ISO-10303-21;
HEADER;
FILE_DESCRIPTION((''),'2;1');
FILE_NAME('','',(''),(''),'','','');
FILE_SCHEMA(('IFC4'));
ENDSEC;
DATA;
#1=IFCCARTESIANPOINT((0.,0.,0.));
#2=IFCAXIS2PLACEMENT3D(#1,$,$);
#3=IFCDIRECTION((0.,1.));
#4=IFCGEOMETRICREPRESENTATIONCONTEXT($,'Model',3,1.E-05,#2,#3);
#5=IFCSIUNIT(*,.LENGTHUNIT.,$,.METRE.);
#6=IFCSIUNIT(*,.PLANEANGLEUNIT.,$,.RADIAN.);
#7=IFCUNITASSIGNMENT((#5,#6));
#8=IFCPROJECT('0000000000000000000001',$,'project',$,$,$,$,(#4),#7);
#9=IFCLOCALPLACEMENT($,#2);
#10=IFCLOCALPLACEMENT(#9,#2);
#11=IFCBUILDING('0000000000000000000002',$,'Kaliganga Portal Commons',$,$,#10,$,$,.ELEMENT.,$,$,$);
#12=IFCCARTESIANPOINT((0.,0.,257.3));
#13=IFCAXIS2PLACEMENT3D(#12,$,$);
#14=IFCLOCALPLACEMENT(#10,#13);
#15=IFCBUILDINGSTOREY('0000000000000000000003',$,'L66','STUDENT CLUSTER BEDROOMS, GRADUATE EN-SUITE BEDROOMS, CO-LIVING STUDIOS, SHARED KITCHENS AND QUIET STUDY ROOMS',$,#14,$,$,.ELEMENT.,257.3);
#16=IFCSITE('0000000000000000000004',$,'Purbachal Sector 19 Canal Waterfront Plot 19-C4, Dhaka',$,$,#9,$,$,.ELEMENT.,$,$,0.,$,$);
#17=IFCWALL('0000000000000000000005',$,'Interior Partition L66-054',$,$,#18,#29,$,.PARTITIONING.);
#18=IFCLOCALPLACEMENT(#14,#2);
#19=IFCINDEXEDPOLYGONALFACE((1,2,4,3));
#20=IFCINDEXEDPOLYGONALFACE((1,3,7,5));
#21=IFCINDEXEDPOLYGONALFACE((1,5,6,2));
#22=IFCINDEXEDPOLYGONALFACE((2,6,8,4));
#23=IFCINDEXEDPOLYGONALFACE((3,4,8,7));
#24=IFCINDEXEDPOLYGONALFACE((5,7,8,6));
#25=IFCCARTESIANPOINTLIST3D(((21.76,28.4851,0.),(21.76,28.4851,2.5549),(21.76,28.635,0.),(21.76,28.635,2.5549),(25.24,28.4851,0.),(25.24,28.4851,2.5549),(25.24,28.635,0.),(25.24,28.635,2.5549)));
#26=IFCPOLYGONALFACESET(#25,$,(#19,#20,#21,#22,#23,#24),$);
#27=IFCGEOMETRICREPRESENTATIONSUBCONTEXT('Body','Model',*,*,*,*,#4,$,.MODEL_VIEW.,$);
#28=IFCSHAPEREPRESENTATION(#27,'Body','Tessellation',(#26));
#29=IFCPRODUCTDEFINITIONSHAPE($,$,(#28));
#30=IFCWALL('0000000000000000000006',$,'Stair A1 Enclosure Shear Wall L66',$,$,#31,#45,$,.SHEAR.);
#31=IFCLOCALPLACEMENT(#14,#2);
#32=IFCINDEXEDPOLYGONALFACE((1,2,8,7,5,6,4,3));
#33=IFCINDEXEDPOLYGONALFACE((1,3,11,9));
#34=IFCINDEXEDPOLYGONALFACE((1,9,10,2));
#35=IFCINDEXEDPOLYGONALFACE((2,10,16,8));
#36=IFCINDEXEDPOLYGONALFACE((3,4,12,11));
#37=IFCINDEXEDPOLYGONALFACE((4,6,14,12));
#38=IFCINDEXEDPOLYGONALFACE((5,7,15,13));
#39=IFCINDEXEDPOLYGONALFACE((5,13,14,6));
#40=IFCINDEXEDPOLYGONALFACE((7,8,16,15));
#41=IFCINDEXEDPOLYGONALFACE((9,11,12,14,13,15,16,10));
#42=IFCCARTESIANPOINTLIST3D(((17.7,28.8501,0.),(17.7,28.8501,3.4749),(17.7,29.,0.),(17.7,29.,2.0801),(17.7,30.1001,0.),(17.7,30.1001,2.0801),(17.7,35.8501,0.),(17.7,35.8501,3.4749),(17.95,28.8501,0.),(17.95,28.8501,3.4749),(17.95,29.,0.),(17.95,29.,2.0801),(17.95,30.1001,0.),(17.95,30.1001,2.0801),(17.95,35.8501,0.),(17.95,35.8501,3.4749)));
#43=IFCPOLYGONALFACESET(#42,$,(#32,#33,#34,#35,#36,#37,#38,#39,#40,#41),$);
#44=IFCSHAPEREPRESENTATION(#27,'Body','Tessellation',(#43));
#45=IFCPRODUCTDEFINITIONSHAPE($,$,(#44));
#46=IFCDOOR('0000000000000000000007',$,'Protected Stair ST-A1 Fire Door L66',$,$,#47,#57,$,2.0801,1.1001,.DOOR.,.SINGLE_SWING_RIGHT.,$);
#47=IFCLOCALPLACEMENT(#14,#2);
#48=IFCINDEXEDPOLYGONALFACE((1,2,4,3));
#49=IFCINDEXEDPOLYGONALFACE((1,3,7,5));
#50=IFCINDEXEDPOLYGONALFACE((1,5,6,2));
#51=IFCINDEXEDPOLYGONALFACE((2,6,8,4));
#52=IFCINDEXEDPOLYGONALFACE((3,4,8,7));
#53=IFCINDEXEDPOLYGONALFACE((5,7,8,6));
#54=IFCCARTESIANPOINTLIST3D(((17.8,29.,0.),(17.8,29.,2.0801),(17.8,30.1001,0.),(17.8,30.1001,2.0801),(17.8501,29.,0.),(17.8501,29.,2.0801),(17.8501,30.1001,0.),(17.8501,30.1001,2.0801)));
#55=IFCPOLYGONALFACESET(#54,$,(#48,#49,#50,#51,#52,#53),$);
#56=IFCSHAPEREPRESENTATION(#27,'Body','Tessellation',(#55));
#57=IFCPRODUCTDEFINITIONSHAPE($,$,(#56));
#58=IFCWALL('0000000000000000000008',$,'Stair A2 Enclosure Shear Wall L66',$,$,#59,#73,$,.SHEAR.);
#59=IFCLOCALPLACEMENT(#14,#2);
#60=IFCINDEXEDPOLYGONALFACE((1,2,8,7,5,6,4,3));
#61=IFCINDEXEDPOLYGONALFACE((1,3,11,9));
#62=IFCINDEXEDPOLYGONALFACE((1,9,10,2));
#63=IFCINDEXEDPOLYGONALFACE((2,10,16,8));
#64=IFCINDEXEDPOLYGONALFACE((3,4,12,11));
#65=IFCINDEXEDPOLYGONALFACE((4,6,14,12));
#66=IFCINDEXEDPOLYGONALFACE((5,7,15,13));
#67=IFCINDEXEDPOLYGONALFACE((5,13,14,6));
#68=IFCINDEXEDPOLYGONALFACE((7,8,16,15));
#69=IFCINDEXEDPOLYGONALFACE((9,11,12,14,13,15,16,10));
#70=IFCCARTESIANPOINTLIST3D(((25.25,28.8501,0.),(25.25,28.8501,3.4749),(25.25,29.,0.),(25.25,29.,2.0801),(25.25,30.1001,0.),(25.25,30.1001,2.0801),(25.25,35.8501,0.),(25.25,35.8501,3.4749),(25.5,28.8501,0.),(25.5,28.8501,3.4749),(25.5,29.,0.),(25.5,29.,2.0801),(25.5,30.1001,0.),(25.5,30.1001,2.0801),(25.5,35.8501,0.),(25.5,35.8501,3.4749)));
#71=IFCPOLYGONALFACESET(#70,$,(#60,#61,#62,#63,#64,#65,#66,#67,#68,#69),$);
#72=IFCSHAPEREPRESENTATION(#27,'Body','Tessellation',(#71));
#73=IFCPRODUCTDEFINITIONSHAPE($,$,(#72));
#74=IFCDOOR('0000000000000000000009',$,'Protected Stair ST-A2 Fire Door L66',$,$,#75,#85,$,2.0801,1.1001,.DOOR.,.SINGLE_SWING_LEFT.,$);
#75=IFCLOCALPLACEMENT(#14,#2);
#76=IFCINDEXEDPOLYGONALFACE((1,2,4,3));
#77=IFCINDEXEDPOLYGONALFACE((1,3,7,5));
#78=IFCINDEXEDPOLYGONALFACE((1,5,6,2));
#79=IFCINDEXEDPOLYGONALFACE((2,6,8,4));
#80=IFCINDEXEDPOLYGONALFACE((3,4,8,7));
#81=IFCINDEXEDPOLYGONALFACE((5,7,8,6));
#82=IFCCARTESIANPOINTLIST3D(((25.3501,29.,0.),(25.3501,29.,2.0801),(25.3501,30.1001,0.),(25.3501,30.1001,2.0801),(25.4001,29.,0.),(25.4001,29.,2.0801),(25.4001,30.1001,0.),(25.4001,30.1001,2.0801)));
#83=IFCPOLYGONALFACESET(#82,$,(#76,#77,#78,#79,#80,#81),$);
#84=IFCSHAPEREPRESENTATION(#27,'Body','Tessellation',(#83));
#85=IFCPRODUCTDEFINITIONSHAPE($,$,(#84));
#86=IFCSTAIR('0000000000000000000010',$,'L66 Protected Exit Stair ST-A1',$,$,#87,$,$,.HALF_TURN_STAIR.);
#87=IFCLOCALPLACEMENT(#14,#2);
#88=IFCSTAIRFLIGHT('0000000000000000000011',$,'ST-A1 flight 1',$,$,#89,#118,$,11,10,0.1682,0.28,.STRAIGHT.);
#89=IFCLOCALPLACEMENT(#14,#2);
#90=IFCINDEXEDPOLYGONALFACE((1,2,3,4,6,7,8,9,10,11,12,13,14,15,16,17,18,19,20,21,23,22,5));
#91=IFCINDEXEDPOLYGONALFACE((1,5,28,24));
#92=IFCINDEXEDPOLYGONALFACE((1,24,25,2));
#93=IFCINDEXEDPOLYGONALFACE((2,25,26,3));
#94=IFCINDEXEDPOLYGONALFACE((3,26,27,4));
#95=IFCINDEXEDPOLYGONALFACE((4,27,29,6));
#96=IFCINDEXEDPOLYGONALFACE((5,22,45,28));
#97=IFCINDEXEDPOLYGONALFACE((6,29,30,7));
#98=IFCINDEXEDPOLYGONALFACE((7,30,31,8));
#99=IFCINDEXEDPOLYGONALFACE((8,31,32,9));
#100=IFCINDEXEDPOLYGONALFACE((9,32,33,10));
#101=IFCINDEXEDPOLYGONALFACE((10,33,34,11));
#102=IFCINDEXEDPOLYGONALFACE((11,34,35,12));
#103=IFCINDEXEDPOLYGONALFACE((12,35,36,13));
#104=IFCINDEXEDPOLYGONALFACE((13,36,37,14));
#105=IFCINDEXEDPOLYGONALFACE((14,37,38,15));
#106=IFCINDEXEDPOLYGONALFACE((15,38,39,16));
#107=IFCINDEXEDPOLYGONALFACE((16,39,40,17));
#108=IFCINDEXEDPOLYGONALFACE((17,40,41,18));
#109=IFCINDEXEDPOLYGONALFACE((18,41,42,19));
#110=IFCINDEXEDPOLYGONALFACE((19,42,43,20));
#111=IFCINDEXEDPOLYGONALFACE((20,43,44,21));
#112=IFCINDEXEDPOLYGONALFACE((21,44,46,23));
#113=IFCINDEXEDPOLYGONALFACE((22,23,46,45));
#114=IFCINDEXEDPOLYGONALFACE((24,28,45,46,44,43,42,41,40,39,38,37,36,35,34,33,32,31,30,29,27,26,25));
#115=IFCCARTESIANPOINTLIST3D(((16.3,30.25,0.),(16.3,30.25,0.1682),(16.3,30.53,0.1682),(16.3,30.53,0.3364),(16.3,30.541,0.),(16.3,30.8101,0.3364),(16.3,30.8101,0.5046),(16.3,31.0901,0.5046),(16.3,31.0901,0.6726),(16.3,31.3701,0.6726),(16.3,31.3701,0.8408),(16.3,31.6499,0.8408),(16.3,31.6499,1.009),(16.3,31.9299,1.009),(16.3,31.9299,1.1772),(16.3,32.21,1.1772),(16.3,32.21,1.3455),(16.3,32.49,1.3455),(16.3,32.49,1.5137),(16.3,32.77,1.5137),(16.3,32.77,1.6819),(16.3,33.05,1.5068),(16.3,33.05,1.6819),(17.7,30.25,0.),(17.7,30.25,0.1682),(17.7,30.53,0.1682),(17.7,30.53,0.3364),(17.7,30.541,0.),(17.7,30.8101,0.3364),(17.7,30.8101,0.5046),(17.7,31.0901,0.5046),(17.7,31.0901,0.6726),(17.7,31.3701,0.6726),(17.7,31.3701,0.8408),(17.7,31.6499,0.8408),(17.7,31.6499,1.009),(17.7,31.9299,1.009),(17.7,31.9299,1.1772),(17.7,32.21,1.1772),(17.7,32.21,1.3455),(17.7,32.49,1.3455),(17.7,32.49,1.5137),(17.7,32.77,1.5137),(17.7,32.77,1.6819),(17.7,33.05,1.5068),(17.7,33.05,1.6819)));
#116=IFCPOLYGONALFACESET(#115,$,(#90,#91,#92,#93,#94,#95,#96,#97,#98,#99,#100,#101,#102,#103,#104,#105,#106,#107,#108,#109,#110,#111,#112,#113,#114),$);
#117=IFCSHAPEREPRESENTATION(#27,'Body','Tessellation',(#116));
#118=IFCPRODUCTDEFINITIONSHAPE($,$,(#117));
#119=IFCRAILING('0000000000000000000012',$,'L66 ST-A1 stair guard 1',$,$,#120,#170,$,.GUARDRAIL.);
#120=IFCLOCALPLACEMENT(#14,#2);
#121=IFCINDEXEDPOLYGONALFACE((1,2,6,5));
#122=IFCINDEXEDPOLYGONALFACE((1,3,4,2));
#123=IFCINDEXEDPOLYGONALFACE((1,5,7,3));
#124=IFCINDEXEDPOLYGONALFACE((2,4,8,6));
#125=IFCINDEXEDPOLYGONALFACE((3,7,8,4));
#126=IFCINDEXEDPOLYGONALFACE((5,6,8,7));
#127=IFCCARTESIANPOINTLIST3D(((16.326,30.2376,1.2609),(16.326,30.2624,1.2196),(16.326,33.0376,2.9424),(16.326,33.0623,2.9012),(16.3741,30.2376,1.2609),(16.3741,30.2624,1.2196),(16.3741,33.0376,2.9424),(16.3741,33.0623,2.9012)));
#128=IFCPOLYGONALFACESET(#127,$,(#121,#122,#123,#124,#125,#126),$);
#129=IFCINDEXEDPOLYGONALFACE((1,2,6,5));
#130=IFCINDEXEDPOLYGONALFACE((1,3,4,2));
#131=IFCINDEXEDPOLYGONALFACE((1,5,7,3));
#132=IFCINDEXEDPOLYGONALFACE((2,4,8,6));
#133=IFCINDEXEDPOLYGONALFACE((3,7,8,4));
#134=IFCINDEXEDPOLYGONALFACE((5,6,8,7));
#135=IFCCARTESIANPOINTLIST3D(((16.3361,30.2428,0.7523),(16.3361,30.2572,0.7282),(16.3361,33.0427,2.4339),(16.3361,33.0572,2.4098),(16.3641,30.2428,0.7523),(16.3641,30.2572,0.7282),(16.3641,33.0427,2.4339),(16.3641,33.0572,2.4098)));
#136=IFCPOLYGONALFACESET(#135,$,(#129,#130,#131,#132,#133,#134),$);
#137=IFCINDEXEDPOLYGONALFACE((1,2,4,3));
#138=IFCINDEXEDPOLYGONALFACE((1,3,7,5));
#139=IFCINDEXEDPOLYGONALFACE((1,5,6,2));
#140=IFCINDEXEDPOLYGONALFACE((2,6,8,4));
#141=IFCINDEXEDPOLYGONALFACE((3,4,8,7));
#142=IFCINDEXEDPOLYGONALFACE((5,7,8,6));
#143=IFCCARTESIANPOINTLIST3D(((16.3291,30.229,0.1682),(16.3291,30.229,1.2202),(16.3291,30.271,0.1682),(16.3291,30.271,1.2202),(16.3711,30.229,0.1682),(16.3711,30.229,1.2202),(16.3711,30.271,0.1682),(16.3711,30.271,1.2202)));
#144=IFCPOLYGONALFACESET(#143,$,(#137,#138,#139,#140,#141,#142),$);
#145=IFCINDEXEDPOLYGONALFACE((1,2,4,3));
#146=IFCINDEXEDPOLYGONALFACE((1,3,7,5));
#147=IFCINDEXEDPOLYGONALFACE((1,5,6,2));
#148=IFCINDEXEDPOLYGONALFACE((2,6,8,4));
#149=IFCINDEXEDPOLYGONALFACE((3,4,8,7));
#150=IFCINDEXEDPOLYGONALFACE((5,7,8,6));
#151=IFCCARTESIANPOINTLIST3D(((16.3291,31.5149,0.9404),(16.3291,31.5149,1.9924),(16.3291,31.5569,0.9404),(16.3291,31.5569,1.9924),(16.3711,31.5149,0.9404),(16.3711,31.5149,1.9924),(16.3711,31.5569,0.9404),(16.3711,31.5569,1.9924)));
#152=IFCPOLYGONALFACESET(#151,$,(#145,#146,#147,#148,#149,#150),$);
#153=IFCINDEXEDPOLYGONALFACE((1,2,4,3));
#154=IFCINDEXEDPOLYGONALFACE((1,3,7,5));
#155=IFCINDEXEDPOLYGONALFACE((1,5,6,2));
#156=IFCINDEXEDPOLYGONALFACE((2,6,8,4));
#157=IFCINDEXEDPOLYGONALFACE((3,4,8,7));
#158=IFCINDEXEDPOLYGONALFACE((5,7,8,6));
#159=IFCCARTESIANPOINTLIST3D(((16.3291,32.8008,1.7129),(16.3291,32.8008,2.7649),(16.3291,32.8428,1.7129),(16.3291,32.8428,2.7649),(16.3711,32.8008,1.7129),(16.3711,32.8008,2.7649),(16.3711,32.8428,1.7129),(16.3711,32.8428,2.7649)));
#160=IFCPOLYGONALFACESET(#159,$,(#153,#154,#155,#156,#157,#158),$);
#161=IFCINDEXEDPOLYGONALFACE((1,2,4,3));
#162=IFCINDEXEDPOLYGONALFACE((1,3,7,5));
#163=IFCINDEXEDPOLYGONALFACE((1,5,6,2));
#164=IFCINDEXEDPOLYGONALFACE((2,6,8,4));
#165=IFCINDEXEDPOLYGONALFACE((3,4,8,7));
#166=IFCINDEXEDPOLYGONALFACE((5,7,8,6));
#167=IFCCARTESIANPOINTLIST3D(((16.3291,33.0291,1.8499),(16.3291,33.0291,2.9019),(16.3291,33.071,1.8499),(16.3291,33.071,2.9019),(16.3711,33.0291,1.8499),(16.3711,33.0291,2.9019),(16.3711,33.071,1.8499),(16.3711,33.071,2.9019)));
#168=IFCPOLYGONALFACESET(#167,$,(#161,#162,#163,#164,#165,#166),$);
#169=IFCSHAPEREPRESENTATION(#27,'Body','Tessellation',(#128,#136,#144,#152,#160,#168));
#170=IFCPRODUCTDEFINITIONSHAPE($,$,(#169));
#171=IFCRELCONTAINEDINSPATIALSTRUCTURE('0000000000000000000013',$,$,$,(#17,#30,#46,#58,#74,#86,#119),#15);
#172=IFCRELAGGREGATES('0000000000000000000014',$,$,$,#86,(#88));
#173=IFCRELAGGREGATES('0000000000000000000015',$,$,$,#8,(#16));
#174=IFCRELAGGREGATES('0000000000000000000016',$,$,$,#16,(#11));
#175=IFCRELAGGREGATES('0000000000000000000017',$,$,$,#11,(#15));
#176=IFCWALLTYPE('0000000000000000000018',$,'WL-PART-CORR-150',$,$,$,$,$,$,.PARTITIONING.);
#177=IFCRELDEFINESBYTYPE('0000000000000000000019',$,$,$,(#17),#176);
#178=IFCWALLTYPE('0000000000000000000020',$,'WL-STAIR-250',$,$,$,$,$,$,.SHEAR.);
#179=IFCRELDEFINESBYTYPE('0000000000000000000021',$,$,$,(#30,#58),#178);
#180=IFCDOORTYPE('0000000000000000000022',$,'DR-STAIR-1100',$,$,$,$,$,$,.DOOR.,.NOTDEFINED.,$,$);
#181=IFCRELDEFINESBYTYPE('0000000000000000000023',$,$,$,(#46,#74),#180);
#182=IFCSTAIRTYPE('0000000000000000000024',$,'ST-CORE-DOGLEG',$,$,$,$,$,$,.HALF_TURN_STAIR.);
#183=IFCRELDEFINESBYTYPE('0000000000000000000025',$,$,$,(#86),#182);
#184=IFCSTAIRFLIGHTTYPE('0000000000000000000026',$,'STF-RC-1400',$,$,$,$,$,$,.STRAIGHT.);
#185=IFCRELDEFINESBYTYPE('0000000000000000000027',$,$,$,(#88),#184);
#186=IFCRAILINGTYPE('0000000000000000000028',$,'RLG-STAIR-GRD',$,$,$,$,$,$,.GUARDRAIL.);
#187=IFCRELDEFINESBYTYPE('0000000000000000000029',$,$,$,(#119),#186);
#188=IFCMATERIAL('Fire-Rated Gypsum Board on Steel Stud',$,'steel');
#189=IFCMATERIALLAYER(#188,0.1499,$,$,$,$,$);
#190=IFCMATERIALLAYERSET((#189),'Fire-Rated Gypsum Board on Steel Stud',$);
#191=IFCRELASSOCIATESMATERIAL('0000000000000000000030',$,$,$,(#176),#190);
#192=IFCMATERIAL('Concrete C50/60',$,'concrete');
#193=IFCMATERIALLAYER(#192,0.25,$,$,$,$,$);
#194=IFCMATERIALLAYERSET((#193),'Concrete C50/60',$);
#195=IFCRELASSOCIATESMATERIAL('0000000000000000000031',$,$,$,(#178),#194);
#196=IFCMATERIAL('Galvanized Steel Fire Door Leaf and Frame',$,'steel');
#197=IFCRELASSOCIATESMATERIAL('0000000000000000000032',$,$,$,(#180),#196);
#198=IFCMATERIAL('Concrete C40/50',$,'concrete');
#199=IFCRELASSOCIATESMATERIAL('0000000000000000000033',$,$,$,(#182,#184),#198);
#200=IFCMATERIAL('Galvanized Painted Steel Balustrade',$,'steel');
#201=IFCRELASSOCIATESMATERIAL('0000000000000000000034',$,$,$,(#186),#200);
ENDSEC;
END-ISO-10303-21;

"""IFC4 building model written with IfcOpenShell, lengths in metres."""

from ifc_helpers import new_model, si_unit, direction, frame, frame_2d, origin, origin_2d, place, context, subcontext, project, spatial, polyline, rectangle, outline, extrude, material, layer, layer_set, type_object, element, fill, aggregate, save


model = new_model("IFC4")

# Units and contexts
model_context = context("Model", 3, precision=1e-05, world=origin(), true_north=direction((0.0, 1.0)))
body_context = subcontext(model_context, "Body", "Model", "MODEL_VIEW")
ifc_project = project(units=[si_unit("LENGTHUNIT", "METRE"), si_unit("PLANEANGLEUNIT", "RADIAN")], contexts=[model_context])

# Site, building, storey
site_placement = place(None, origin())
site = spatial("IfcSite", under=ifc_project, at=site_placement, Name="Purbachal Sector 19 Canal Waterfront Plot 19-C4, Dhaka", CompositionType="ELEMENT", RefElevation=0.0)
building_placement = place(site_placement, origin())
building = spatial("IfcBuilding", under=site, at=building_placement, Name="Kaliganga Portal Commons", CompositionType="ELEMENT")
storey_placement = place(building_placement, frame((0.0, 0.0, 257.3)))
storey = spatial("IfcBuildingStorey", under=building, at=storey_placement, Name="L66", Description="STUDENT CLUSTER BEDROOMS, GRADUATE EN-SUITE BEDROOMS, CO-LIVING STUDIOS, SHARED KITCHENS AND QUIET STUDY ROOMS", CompositionType="ELEMENT", Elevation=257.3)

# Shared definitions
ifc_material_1 = material(Name="Concrete C50/60", Category="concrete")

# Shared definitions
ifc_material_2 = material(Name="Fire-Rated Gypsum Board on Steel Stud", Category="steel")
ifc_layer_1 = layer(ifc_material_2, 0.1499)
ifc_layer_set_1 = layer_set([ifc_layer_1], Name="Fire-Rated Gypsum Board on Steel Stud")
wall_type_1 = type_object("IfcWallType", Name="WL-PART-CORR-150", PredefinedType="PARTITIONING", material=ifc_layer_set_1)

# Wall
wall_1_placement = place(storey_placement, frame((21.76, 28.5601, 0.0), z_axis=(0.0, 0.0, 1.0), x_axis=(1.0, 0.0, 0.0)))
element("IfcWall", 1, at=wall_1_placement, inside=storey, type_object=wall_type_1, Name="Interior Partition L66-054", PredefinedType="PARTITIONING", context=body_context, shape_type="SweptSolid", body=[
    extrude(rectangle(XDim=3.48, YDim=0.1499, at=frame_2d((1.74, 0.0))), origin(), (0.0, 0.0, 1.0), 2.5549),
])

# Walls, openings, doors
ifc_layer_2 = layer(ifc_material_1, 0.25)
ifc_layer_set_2 = layer_set([ifc_layer_2], Name="Concrete C50/60")
wall_type_2 = type_object("IfcWallType", Name="WL-STAIR-250", PredefinedType="SHEAR", material=ifc_layer_set_2)
wall_2_placement = place(storey_placement, frame((17.825, 28.8501, 0.0), z_axis=(0.0, 0.0, 1.0), x_axis=(0.0, 1.0, 0.0)))
wall_2 = element("IfcWall", 2, at=wall_2_placement, inside=storey, type_object=wall_type_2, Name="Stair A1 Enclosure Shear Wall L66", PredefinedType="SHEAR", context=body_context, shape_type="SweptSolid", body=[
    extrude(rectangle(XDim=7.0, YDim=0.25, at=frame_2d((3.5, 0.0))), origin(), (0.0, 0.0, 1.0), 3.4749),
])
opening_1_placement = place(wall_2_placement, frame((0.1499, 0.0, 0.0)))
opening_1 = element("IfcOpeningElement", 3, at=opening_1_placement, cuts=wall_2, PredefinedType="OPENING", context=body_context, shape_type="SweptSolid", body=[
    extrude(rectangle(XDim=1.1001, YDim=2.0801, at=frame_2d((0.55, 1.04))), frame((0.0, 0.135, 0.0), z_axis=(0.0, -1.0, 0.0), x_axis=(1.0, 0.0, 0.0)), (0.0, 0.0, 1.0), 0.27),
])
ifc_material_3 = material(Name="Galvanized Steel Fire Door Leaf and Frame", Category="steel")
door_type_1 = type_object("IfcDoorType", Name="DR-STAIR-1100", OperationType="NOTDEFINED", PredefinedType="DOOR", material=ifc_material_3)
door_1_placement = place(opening_1_placement, origin())
door_1 = element("IfcDoor", 4, at=door_1_placement, inside=storey, type_object=door_type_1, Name="Protected Stair ST-A1 Fire Door L66", OperationType="SINGLE_SWING_RIGHT", OverallHeight=2.0801, OverallWidth=1.1001, PredefinedType="DOOR", context=body_context, shape_type="SweptSolid", body=[
    extrude(rectangle(XDim=1.1001, YDim=2.0801, at=frame_2d((0.55, 1.04))), frame((0.0, 0.0249, 0.0), z_axis=(0.0, -1.0, 0.0), x_axis=(1.0, 0.0, 0.0)), (0.0, 0.0, 1.0), 0.05),
])
fill(opening_1, door_1)
wall_3_placement = place(storey_placement, frame((25.375, 28.8501, 0.0), z_axis=(0.0, 0.0, 1.0), x_axis=(0.0, 1.0, 0.0)))
wall_3 = element("IfcWall", 5, at=wall_3_placement, inside=storey, type_object=wall_type_2, Name="Stair A2 Enclosure Shear Wall L66", PredefinedType="SHEAR", context=body_context, shape_type="SweptSolid", body=[
    extrude(rectangle(XDim=7.0, YDim=0.25, at=frame_2d((3.5, 0.0))), origin(), (0.0, 0.0, 1.0), 3.4749),
])
opening_2_placement = place(wall_3_placement, frame((0.1499, 0.0, 0.0)))
opening_2 = element("IfcOpeningElement", 6, at=opening_2_placement, cuts=wall_3, PredefinedType="OPENING", context=body_context, shape_type="SweptSolid", body=[
    extrude(rectangle(XDim=1.1001, YDim=2.0801, at=frame_2d((0.55, 1.04))), frame((0.0, 0.135, 0.0), z_axis=(0.0, -1.0, 0.0), x_axis=(1.0, 0.0, 0.0)), (0.0, 0.0, 1.0), 0.27),
])
door_2_placement = place(opening_2_placement, origin())
door_2 = element("IfcDoor", 7, at=door_2_placement, inside=storey, type_object=door_type_1, Name="Protected Stair ST-A2 Fire Door L66", OperationType="SINGLE_SWING_LEFT", OverallHeight=2.0801, OverallWidth=1.1001, PredefinedType="DOOR", context=body_context, shape_type="SweptSolid", body=[
    extrude(rectangle(XDim=1.1001, YDim=2.0801, at=frame_2d((0.55, 1.04))), frame((0.0, 0.0249, 0.0), z_axis=(0.0, -1.0, 0.0), x_axis=(1.0, 0.0, 0.0)), (0.0, 0.0, 1.0), 0.05),
])
fill(opening_2, door_2)

# Stair, stair flight
ifc_material_4 = material(Name="Concrete C40/50", Category="concrete")
stair_type = type_object("IfcStairType", Name="ST-CORE-DOGLEG", PredefinedType="HALF_TURN_STAIR", material=ifc_material_4)
stair_placement = place(storey_placement, origin())
stair = element("IfcStair", 8, at=stair_placement, inside=storey, type_object=stair_type, Name="L66 Protected Exit Stair ST-A1", PredefinedType="HALF_TURN_STAIR")
stair_flight_type = type_object("IfcStairFlightType", Name="STF-RC-1400", PredefinedType="STRAIGHT", material=ifc_material_4)
stair_flight_placement = place(storey_placement, frame((17.0, 30.25, 0.0), z_axis=(0.0, 0.0, 1.0), x_axis=(0.0, 1.0, 0.0)))
stair_flight = element("IfcStairFlight", 9, at=stair_flight_placement, type_object=stair_flight_type, Name="ST-A1 flight 1", NumberOfRisers=11, NumberOfTreads=10, PredefinedType="STRAIGHT", RiserHeight=0.1682, TreadLength=0.28, context=body_context, shape_type="SweptSolid", body=[
    extrude(outline(polyline([(0.0, 0.0), (0.0, 0.1682), (0.28, 0.1682), (0.28, 0.3364), (0.5601, 0.3364), (0.5601, 0.5046), (0.8401, 0.5046), (0.8401, 0.6726), (1.1201, 0.6726), (1.1201, 0.8408), (1.3999, 0.8408), (1.3999, 1.009), (1.6799, 1.009), (1.6799, 1.1772), (1.96, 1.1772), (1.96, 1.3455), (2.24, 1.3455), (2.24, 1.5137), (2.52, 1.5137), (2.52, 1.6819), (2.8, 1.6819), (2.8, 1.8501), (2.8, 1.5068), (0.291, 0.0), (0.0, 0.0)])), frame((0.0, 0.7, 0.0), z_axis=(0.0, -1.0, 0.0), x_axis=(1.0, 0.0, 0.0)), (0.0, 0.0, 1.0), 1.3999),
])
aggregate(stair, [stair_flight])

# Railing
ifc_material_5 = material(Name="Galvanized Painted Steel Balustrade", Category="steel")
railing_type_1 = type_object("IfcRailingType", Name="RLG-STAIR-GRD", PredefinedType="GUARDRAIL", material=ifc_material_5)
railing_1_placement = place(storey_placement, frame((16.3501, 30.25, 0.1682)))
element("IfcRailing", 10, at=railing_1_placement, inside=storey, type_object=railing_type_1, Name="L66 ST-A1 stair guard 1", PredefinedType="GUARDRAIL", context=body_context, shape_type="SweptSolid", body=[
    extrude(rectangle(XDim=0.0481, YDim=0.0481, at=origin_2d()), frame((0.0, 0.0, 1.072), z_axis=(0.0, 0.857275, 0.514858), x_axis=(-1.0, 0.0, 0.0)), (0.0, 0.0, 1.0), 3.2661),
    extrude(rectangle(XDim=0.0281, YDim=0.0281, at=origin_2d()), frame((0.0, 0.0, 0.572), z_axis=(0.0, 0.857275, 0.514858), x_axis=(-1.0, 0.0, 0.0)), (0.0, 0.0, 1.0), 3.2661),
    extrude(rectangle(XDim=0.042, YDim=0.042, at=origin_2d()), origin(), (0.0, 0.0, 1.0), 1.052),
    extrude(rectangle(XDim=0.042, YDim=0.042, at=origin_2d()), frame((0.0, 1.2859, 0.7722)), (0.0, 0.0, 1.0), 1.052),
    extrude(rectangle(XDim=0.042, YDim=0.042, at=origin_2d()), frame((0.0, 2.5718, 1.5447)), (0.0, 0.0, 1.0), 1.052),
    extrude(rectangle(XDim=0.042, YDim=0.042, at=origin_2d()), frame((0.0, 2.8, 1.6816)), (0.0, 0.0, 1.0), 1.052),
])

save(model, "model.ifc")
